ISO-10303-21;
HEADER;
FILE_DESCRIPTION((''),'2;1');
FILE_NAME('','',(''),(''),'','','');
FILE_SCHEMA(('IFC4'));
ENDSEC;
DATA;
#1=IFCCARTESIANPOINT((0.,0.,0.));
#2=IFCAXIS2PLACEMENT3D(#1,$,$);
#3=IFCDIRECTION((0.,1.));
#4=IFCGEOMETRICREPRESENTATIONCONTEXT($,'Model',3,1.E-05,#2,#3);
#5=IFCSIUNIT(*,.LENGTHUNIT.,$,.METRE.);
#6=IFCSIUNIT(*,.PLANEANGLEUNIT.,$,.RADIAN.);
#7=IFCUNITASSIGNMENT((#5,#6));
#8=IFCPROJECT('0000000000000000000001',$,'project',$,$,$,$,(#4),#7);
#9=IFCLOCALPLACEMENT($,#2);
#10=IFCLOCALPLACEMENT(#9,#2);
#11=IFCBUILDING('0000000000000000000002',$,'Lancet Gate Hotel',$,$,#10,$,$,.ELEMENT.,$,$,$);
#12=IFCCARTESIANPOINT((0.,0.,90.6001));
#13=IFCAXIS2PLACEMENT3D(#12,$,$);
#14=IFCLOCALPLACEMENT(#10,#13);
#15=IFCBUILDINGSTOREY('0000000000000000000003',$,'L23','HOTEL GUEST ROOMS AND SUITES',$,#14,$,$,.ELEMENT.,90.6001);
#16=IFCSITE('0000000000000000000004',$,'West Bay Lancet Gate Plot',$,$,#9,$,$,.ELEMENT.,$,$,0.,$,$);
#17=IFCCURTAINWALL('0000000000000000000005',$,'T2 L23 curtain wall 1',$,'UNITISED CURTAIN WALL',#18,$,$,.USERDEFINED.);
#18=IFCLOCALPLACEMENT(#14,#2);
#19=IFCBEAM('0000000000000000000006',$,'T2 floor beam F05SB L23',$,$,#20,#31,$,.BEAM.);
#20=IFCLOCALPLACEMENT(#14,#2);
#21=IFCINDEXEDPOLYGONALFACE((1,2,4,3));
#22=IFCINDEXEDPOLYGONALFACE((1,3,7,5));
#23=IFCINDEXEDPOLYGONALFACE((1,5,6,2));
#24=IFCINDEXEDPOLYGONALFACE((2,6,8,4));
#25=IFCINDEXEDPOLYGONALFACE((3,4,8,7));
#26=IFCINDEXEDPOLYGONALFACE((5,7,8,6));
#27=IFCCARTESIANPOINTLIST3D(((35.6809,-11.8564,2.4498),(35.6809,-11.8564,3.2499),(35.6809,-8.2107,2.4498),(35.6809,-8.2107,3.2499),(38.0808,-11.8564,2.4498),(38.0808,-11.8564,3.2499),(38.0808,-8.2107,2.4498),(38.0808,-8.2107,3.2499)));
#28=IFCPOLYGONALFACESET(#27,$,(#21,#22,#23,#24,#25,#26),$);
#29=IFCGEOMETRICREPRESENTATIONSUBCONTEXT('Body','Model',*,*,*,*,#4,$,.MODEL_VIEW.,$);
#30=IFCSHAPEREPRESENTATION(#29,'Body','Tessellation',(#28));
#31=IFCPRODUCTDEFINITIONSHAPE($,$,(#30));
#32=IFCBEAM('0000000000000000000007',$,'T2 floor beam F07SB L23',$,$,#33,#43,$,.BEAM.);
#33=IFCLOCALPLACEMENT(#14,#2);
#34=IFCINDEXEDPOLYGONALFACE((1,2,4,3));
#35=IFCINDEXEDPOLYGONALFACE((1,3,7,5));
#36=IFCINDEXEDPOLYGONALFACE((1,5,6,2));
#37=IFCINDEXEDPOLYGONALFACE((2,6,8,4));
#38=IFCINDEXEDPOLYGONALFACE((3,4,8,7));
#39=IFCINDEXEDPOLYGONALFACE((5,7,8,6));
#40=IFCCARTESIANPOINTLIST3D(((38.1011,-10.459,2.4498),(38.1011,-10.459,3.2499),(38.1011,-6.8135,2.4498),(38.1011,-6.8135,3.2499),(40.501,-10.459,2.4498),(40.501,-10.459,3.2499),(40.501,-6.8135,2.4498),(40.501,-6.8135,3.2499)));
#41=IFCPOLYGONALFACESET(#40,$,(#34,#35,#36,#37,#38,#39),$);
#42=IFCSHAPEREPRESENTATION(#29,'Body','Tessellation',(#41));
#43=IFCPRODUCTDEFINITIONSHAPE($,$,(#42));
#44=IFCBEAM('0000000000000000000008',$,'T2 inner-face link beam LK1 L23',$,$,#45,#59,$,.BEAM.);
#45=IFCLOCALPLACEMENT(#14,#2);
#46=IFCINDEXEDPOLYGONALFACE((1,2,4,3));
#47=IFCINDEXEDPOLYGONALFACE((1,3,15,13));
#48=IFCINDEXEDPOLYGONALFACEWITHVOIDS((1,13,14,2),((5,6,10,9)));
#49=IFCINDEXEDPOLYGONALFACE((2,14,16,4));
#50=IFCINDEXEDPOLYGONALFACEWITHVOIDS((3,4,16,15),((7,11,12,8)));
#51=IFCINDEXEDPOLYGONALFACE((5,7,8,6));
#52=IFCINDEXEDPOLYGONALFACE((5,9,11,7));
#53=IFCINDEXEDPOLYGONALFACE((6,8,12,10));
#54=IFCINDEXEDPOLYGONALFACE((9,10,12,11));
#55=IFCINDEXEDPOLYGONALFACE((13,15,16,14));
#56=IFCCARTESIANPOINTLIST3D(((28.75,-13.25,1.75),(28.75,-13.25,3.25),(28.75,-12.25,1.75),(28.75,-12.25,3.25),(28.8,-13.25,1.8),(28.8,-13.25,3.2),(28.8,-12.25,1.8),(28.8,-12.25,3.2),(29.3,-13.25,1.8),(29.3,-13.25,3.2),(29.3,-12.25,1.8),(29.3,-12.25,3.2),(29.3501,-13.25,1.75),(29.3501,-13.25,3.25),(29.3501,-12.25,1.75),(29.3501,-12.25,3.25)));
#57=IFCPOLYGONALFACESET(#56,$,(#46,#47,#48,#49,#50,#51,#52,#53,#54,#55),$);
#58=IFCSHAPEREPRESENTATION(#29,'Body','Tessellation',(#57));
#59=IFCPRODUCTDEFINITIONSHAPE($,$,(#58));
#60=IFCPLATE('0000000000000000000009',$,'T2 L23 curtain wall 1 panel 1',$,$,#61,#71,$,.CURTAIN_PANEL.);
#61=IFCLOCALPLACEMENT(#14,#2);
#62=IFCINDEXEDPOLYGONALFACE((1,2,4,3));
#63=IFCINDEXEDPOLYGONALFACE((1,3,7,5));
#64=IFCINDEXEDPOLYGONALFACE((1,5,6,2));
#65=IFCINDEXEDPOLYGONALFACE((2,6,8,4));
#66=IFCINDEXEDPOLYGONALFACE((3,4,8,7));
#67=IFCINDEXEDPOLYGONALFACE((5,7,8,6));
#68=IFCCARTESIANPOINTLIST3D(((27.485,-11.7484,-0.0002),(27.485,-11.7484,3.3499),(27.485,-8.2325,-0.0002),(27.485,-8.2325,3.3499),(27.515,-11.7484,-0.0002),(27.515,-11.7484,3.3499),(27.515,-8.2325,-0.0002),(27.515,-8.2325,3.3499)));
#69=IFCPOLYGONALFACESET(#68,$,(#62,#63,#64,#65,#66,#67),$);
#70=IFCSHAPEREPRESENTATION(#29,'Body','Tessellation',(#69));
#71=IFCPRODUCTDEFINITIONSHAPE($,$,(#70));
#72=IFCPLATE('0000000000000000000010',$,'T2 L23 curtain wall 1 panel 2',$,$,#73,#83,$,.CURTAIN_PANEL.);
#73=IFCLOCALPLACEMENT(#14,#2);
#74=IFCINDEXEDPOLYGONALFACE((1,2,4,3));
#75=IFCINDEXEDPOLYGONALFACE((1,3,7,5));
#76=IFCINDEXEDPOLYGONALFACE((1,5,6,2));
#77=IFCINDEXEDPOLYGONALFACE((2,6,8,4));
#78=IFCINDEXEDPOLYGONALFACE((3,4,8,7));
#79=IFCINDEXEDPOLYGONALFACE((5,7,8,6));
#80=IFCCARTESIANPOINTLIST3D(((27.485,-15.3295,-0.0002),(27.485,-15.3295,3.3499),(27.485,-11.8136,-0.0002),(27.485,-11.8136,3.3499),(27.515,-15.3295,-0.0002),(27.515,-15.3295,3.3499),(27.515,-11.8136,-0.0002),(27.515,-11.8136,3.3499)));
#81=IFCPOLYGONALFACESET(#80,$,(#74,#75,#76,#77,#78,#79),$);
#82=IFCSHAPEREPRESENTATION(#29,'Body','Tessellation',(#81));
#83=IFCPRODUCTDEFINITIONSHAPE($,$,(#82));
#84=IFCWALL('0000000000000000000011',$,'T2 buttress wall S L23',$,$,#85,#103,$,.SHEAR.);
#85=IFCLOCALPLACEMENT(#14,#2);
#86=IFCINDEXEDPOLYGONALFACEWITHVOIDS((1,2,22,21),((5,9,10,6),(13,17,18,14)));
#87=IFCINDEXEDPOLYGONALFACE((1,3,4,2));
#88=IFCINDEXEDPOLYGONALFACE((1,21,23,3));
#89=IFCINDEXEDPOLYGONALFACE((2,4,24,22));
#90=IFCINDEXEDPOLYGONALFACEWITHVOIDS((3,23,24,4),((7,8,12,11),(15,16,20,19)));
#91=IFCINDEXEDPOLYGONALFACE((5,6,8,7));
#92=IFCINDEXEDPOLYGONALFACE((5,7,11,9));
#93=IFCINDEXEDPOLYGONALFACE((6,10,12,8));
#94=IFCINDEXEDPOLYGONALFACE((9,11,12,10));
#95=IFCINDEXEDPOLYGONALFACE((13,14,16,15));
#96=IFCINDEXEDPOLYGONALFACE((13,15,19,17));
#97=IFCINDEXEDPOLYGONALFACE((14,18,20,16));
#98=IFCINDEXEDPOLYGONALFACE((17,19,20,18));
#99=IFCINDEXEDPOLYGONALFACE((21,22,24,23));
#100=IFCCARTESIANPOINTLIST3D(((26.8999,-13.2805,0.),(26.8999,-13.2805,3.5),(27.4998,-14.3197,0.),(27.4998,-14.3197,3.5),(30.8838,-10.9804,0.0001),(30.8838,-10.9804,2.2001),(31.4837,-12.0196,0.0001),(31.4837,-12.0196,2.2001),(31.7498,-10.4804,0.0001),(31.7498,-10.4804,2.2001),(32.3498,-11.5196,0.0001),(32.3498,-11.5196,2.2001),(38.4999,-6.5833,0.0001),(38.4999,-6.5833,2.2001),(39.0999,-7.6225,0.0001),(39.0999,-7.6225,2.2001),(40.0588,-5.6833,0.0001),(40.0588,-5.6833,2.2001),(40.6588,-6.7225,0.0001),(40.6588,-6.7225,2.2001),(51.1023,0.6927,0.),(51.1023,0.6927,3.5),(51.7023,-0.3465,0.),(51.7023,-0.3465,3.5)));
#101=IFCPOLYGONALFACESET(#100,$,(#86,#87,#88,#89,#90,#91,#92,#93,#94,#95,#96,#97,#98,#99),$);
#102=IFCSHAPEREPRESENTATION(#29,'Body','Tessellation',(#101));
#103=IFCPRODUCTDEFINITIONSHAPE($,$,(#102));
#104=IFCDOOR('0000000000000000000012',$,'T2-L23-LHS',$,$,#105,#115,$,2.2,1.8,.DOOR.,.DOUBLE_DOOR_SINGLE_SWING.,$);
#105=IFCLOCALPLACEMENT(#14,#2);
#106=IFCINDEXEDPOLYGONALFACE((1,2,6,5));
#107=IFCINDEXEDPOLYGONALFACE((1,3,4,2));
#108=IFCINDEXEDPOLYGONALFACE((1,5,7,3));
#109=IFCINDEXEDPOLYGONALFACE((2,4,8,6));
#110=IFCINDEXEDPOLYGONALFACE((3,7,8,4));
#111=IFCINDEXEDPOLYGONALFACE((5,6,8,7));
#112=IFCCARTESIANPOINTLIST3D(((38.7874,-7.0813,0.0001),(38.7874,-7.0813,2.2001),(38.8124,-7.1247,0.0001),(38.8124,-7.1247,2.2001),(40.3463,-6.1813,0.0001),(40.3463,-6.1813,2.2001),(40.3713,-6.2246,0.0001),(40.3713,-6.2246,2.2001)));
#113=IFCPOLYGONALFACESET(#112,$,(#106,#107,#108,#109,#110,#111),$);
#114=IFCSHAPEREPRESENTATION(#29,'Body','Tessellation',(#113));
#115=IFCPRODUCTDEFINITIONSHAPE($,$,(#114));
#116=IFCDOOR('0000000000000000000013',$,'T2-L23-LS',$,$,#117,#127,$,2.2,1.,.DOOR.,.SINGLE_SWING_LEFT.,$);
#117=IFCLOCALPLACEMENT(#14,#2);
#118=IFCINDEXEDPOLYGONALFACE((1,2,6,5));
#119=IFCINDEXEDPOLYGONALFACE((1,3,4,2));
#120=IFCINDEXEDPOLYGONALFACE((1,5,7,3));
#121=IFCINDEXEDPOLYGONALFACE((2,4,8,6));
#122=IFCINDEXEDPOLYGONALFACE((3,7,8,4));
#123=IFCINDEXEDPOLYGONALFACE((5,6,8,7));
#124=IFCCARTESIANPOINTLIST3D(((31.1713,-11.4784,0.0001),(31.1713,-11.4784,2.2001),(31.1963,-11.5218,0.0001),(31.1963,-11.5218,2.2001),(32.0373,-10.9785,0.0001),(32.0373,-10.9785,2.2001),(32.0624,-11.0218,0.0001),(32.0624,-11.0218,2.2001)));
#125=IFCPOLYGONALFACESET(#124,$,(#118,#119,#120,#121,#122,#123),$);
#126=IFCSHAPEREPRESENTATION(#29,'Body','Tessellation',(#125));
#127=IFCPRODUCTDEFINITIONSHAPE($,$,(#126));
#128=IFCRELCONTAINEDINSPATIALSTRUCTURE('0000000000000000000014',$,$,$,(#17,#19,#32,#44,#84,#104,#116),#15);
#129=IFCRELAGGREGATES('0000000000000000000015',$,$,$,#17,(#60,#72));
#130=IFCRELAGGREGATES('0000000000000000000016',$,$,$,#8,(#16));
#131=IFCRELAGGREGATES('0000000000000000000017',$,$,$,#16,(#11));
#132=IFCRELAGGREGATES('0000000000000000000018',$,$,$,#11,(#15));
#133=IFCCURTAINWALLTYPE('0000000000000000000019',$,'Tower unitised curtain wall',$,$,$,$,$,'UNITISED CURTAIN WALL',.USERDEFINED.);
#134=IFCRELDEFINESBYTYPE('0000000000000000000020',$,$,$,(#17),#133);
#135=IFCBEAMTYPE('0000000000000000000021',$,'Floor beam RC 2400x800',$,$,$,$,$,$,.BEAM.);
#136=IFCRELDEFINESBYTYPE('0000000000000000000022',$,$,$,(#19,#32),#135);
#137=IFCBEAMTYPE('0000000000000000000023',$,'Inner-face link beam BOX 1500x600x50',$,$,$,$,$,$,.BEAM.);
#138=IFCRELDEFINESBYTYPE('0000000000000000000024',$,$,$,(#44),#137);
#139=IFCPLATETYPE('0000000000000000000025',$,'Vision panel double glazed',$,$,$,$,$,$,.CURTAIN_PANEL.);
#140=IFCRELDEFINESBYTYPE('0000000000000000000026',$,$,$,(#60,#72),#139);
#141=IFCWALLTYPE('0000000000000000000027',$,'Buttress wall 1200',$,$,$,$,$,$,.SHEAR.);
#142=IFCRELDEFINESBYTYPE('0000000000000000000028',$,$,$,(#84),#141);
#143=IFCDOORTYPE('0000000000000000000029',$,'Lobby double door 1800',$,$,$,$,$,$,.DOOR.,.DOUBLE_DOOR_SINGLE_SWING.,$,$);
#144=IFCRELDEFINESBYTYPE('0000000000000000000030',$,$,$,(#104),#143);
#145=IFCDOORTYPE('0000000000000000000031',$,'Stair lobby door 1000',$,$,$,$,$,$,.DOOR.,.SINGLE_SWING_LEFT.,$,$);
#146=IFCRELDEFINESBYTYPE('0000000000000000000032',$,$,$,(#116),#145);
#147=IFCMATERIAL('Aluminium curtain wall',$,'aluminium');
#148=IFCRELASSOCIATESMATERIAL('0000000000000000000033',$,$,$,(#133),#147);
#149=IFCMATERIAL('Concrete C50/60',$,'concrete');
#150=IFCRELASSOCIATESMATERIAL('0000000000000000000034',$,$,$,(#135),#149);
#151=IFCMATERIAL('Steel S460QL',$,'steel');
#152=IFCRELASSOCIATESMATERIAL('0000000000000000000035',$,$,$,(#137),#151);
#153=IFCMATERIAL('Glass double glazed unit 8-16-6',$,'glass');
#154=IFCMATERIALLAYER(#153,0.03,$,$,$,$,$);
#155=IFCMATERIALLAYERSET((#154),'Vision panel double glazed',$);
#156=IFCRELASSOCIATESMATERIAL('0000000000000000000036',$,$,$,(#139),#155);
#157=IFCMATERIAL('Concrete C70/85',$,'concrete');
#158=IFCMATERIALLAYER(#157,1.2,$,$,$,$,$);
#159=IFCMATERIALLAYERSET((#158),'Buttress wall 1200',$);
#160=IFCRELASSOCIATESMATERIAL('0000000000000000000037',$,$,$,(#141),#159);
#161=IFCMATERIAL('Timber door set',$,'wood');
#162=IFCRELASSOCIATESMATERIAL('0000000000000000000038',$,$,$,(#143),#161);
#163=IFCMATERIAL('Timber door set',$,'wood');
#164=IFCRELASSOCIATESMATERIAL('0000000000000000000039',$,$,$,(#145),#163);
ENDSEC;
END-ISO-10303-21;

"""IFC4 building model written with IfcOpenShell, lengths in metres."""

from ifc_helpers import new_model, si_unit, direction, frame, frame_2d, origin, origin_2d, place, context, subcontext, project, spatial, rectangle, hollow_rectangle, extrude, material, layer, layer_set, material_profile, profile_set, type_object, element, fill, aggregate, save


model = new_model("IFC4")

# Units and contexts
model_context = context("Model", 3, precision=1e-05, world=origin(), true_north=direction((0.0, 1.0)))
body_context = subcontext(model_context, "Body", "Model", "MODEL_VIEW")
ifc_project = project(units=[si_unit("LENGTHUNIT", "METRE"), si_unit("PLANEANGLEUNIT", "RADIAN")], contexts=[model_context])

# Site, building, storey
site_placement = place(None, origin())
site = spatial("IfcSite", under=ifc_project, at=site_placement, Name="West Bay Lancet Gate Plot", CompositionType="ELEMENT", RefElevation=0.0)
building_placement = place(site_placement, origin())
building = spatial("IfcBuilding", under=site, at=building_placement, Name="Lancet Gate Hotel", CompositionType="ELEMENT")
storey_placement = place(building_placement, frame((0.0, 0.0, 90.6001)))
storey = spatial("IfcBuildingStorey", under=building, at=storey_placement, Name="L23", Description="HOTEL GUEST ROOMS AND SUITES", CompositionType="ELEMENT", Elevation=90.6001)

# Curtain wall
ifc_material_1 = material(Name="Aluminium curtain wall", Category="aluminium")
curtain_wall_type = type_object("IfcCurtainWallType", Name="Tower unitised curtain wall", ElementType="UNITISED CURTAIN WALL", PredefinedType="USERDEFINED", material=ifc_material_1)
curtain_wall_placement = place(storey_placement, origin())
curtain_wall = element("IfcCurtainWall", 1, at=curtain_wall_placement, inside=storey, type_object=curtain_wall_type, Name="T2 L23 curtain wall 1", ObjectType="UNITISED CURTAIN WALL", PredefinedType="USERDEFINED")

# Beams
ifc_material_2 = material(Name="Concrete C50/60", Category="concrete")
ifc_material_profile_1 = material_profile(ifc_material_2, rectangle(XDim=2.3999, YDim=0.8, at=origin_2d()), Name="RC 2400x800")
ifc_profile_set_1 = profile_set([ifc_material_profile_1], Name="Concrete C50/60")
beam_type_1 = type_object("IfcBeamType", Name="Floor beam RC 2400x800", PredefinedType="BEAM", material=ifc_profile_set_1)
for number, where, z_axis, x_axis, name in (
    (2, (36.8809, -11.8564, 2.8499), (0.0, 1.0, 0.0), (-1.0, 0.0, 0.0), "T2 floor beam F05SB L23"),
):
    element("IfcBeam", number, at=place(storey_placement, frame(where, z_axis=z_axis, x_axis=x_axis)), inside=storey, type_object=beam_type_1, Name=name, PredefinedType="BEAM", context=body_context, shape_type="SweptSolid", body=[
        extrude(rectangle(XDim=2.3999, YDim=0.8, at=origin_2d()), origin(), (0.0, 0.0, 1.0), 3.6458),
    ])
beam_1_placement = place(storey_placement, frame((39.301, -10.459, 2.8499), z_axis=(0.0, 1.0, 0.0), x_axis=(-1.0, 0.0, 0.0)))
element("IfcBeam", 3, at=beam_1_placement, inside=storey, type_object=beam_type_1, Name="T2 floor beam F07SB L23", PredefinedType="BEAM", context=body_context, shape_type="SweptSolid", body=[
    extrude(rectangle(XDim=2.3999, YDim=0.8, at=origin_2d()), origin(), (0.0, 0.0, 1.0), 3.6455),
])
ifc_material_3 = material(Name="Steel S460QL", Category="steel")
ifc_material_profile_2 = material_profile(ifc_material_3, hollow_rectangle(XDim=0.6001, YDim=1.5, WallThickness=0.05, at=origin_2d()), Name="BOX 1500x600x50")
ifc_profile_set_2 = profile_set([ifc_material_profile_2], Name="Steel S460QL")
beam_type_2 = type_object("IfcBeamType", Name="Inner-face link beam BOX 1500x600x50", PredefinedType="BEAM", material=ifc_profile_set_2)
beam_2_placement = place(storey_placement, frame((29.05, -13.25, 2.5), z_axis=(0.0, 1.0, 0.0), x_axis=(-1.0, 0.0, 0.0)))
element("IfcBeam", 4, at=beam_2_placement, inside=storey, type_object=beam_type_2, Name="T2 inner-face link beam LK1 L23", PredefinedType="BEAM", context=body_context, shape_type="SweptSolid", body=[
    extrude(hollow_rectangle(XDim=0.6001, YDim=1.5, WallThickness=0.05, at=origin_2d()), origin(), (0.0, 0.0, 1.0), 1.0),
])

# Plates
ifc_material_4 = material(Name="Glass double glazed unit 8-16-6", Category="glass")
ifc_layer_1 = layer(ifc_material_4, 0.03)
ifc_layer_set_1 = layer_set([ifc_layer_1], Name="Vision panel double glazed")
plate_type = type_object("IfcPlateType", Name="Vision panel double glazed", PredefinedType="CURTAIN_PANEL", material=ifc_layer_set_1)
plate_1_placement = place(storey_placement, frame((27.5, -9.9905, -0.0002), z_axis=(0.0, 0.0, 1.0), x_axis=(0.0, -1.0, 0.0)))
plate_1 = element("IfcPlate", 5, at=plate_1_placement, type_object=plate_type, Name="T2 L23 curtain wall 1 panel 1", PredefinedType="CURTAIN_PANEL", context=body_context, shape_type="SweptSolid", body=[
    extrude(rectangle(XDim=3.5159, YDim=0.03, at=origin_2d()), origin(), (0.0, 0.0, 1.0), 3.3501),
])
plate_2_placement = place(storey_placement, frame((27.5, -13.5715, -0.0002), z_axis=(0.0, 0.0, 1.0), x_axis=(0.0, -1.0, 0.0)))
plate_2 = element("IfcPlate", 6, at=plate_2_placement, type_object=plate_type, Name="T2 L23 curtain wall 1 panel 2", PredefinedType="CURTAIN_PANEL", context=body_context, shape_type="SweptSolid", body=[
    extrude(rectangle(XDim=3.5159, YDim=0.03, at=origin_2d()), origin(), (0.0, 0.0, 1.0), 3.3501),
])
aggregate(curtain_wall, [plate_1, plate_2])

# Wall, openings, doors
ifc_material_5 = material(Name="Concrete C70/85", Category="concrete")
ifc_layer_2 = layer(ifc_material_5, 1.2)
ifc_layer_set_2 = layer_set([ifc_layer_2], Name="Buttress wall 1200")
wall_type_1 = type_object("IfcWallType", Name="Buttress wall 1200", PredefinedType="SHEAR", material=ifc_layer_set_2)
wall_1_placement = place(storey_placement, frame((27.2, -13.8, 0.0), z_axis=(0.0, 0.0, 1.0), x_axis=(0.866027, 0.499997, 0.0)))
wall_1 = element("IfcWall", 7, at=wall_1_placement, inside=storey, type_object=wall_type_1, Name="T2 buttress wall S L23", PredefinedType="SHEAR", context=body_context, shape_type="SweptSolid", body=[
    extrude(rectangle(XDim=27.9465, YDim=1.2, at=frame_2d((13.9731, 0.0))), origin(), (0.0, 0.0, 1.0), 3.5),
])
opening_1_placement = place(wall_1_placement, frame((4.6001, 0.0, 0.0)))
opening_1 = element("IfcOpeningElement", 8, at=opening_1_placement, cuts=wall_1, PredefinedType="OPENING", context=body_context, shape_type="SweptSolid", body=[
    extrude(rectangle(XDim=1.0, YDim=2.2, at=frame_2d((0.5, 1.1001))), frame((0.0, 0.6099, 0.0), z_axis=(0.0, -1.0, 0.0), x_axis=(1.0, 0.0, 0.0)), (0.0, 0.0, 1.0), 1.22),
])
opening_2_placement = place(wall_1_placement, frame((13.3945, 0.0, 0.0)))
opening_2 = element("IfcOpeningElement", 9, at=opening_2_placement, cuts=wall_1, PredefinedType="OPENING", context=body_context, shape_type="SweptSolid", body=[
    extrude(rectangle(XDim=1.8, YDim=2.2, at=frame_2d((0.8999, 1.1001))), frame((0.0, 0.6099, 0.0), z_axis=(0.0, -1.0, 0.0), x_axis=(1.0, 0.0, 0.0)), (0.0, 0.0, 1.0), 1.22),
])
ifc_material_6 = material(Name="Timber door set", Category="wood")
door_type_1 = type_object("IfcDoorType", Name="Lobby double door 1800", OperationType="DOUBLE_DOOR_SINGLE_SWING", PredefinedType="DOOR", material=ifc_material_6)
door_1_placement = place(opening_2_placement, origin())
door_1 = element("IfcDoor", 10, at=door_1_placement, inside=storey, type_object=door_type_1, Name="T2-L23-LHS", OperationType="DOUBLE_DOOR_SINGLE_SWING", OverallHeight=2.2, OverallWidth=1.8, PredefinedType="DOOR", context=body_context, shape_type="SweptSolid", body=[
    extrude(rectangle(XDim=1.8, YDim=2.2, at=frame_2d((0.8999, 1.1001))), frame((0.0, 0.0249, 0.0), z_axis=(0.0, -1.0, 0.0), x_axis=(1.0, 0.0, 0.0)), (0.0, 0.0, 1.0), 0.05),
])
fill(opening_2, door_1)
ifc_material_7 = material(Name="Timber door set", Category="wood")
door_type_2 = type_object("IfcDoorType", Name="Stair lobby door 1000", OperationType="SINGLE_SWING_LEFT", PredefinedType="DOOR", material=ifc_material_7)
door_2_placement = place(opening_1_placement, origin())
door_2 = element("IfcDoor", 11, at=door_2_placement, inside=storey, type_object=door_type_2, Name="T2-L23-LS", OperationType="SINGLE_SWING_LEFT", OverallHeight=2.2, OverallWidth=1.0, PredefinedType="DOOR", context=body_context, shape_type="SweptSolid", body=[
    extrude(rectangle(XDim=1.0, YDim=2.2, at=frame_2d((0.5, 1.1001))), frame((0.0, 0.0249, 0.0), z_axis=(0.0, -1.0, 0.0), x_axis=(1.0, 0.0, 0.0)), (0.0, 0.0, 1.0), 0.05),
])
fill(opening_1, door_2)

save(model, "model.ifc")
